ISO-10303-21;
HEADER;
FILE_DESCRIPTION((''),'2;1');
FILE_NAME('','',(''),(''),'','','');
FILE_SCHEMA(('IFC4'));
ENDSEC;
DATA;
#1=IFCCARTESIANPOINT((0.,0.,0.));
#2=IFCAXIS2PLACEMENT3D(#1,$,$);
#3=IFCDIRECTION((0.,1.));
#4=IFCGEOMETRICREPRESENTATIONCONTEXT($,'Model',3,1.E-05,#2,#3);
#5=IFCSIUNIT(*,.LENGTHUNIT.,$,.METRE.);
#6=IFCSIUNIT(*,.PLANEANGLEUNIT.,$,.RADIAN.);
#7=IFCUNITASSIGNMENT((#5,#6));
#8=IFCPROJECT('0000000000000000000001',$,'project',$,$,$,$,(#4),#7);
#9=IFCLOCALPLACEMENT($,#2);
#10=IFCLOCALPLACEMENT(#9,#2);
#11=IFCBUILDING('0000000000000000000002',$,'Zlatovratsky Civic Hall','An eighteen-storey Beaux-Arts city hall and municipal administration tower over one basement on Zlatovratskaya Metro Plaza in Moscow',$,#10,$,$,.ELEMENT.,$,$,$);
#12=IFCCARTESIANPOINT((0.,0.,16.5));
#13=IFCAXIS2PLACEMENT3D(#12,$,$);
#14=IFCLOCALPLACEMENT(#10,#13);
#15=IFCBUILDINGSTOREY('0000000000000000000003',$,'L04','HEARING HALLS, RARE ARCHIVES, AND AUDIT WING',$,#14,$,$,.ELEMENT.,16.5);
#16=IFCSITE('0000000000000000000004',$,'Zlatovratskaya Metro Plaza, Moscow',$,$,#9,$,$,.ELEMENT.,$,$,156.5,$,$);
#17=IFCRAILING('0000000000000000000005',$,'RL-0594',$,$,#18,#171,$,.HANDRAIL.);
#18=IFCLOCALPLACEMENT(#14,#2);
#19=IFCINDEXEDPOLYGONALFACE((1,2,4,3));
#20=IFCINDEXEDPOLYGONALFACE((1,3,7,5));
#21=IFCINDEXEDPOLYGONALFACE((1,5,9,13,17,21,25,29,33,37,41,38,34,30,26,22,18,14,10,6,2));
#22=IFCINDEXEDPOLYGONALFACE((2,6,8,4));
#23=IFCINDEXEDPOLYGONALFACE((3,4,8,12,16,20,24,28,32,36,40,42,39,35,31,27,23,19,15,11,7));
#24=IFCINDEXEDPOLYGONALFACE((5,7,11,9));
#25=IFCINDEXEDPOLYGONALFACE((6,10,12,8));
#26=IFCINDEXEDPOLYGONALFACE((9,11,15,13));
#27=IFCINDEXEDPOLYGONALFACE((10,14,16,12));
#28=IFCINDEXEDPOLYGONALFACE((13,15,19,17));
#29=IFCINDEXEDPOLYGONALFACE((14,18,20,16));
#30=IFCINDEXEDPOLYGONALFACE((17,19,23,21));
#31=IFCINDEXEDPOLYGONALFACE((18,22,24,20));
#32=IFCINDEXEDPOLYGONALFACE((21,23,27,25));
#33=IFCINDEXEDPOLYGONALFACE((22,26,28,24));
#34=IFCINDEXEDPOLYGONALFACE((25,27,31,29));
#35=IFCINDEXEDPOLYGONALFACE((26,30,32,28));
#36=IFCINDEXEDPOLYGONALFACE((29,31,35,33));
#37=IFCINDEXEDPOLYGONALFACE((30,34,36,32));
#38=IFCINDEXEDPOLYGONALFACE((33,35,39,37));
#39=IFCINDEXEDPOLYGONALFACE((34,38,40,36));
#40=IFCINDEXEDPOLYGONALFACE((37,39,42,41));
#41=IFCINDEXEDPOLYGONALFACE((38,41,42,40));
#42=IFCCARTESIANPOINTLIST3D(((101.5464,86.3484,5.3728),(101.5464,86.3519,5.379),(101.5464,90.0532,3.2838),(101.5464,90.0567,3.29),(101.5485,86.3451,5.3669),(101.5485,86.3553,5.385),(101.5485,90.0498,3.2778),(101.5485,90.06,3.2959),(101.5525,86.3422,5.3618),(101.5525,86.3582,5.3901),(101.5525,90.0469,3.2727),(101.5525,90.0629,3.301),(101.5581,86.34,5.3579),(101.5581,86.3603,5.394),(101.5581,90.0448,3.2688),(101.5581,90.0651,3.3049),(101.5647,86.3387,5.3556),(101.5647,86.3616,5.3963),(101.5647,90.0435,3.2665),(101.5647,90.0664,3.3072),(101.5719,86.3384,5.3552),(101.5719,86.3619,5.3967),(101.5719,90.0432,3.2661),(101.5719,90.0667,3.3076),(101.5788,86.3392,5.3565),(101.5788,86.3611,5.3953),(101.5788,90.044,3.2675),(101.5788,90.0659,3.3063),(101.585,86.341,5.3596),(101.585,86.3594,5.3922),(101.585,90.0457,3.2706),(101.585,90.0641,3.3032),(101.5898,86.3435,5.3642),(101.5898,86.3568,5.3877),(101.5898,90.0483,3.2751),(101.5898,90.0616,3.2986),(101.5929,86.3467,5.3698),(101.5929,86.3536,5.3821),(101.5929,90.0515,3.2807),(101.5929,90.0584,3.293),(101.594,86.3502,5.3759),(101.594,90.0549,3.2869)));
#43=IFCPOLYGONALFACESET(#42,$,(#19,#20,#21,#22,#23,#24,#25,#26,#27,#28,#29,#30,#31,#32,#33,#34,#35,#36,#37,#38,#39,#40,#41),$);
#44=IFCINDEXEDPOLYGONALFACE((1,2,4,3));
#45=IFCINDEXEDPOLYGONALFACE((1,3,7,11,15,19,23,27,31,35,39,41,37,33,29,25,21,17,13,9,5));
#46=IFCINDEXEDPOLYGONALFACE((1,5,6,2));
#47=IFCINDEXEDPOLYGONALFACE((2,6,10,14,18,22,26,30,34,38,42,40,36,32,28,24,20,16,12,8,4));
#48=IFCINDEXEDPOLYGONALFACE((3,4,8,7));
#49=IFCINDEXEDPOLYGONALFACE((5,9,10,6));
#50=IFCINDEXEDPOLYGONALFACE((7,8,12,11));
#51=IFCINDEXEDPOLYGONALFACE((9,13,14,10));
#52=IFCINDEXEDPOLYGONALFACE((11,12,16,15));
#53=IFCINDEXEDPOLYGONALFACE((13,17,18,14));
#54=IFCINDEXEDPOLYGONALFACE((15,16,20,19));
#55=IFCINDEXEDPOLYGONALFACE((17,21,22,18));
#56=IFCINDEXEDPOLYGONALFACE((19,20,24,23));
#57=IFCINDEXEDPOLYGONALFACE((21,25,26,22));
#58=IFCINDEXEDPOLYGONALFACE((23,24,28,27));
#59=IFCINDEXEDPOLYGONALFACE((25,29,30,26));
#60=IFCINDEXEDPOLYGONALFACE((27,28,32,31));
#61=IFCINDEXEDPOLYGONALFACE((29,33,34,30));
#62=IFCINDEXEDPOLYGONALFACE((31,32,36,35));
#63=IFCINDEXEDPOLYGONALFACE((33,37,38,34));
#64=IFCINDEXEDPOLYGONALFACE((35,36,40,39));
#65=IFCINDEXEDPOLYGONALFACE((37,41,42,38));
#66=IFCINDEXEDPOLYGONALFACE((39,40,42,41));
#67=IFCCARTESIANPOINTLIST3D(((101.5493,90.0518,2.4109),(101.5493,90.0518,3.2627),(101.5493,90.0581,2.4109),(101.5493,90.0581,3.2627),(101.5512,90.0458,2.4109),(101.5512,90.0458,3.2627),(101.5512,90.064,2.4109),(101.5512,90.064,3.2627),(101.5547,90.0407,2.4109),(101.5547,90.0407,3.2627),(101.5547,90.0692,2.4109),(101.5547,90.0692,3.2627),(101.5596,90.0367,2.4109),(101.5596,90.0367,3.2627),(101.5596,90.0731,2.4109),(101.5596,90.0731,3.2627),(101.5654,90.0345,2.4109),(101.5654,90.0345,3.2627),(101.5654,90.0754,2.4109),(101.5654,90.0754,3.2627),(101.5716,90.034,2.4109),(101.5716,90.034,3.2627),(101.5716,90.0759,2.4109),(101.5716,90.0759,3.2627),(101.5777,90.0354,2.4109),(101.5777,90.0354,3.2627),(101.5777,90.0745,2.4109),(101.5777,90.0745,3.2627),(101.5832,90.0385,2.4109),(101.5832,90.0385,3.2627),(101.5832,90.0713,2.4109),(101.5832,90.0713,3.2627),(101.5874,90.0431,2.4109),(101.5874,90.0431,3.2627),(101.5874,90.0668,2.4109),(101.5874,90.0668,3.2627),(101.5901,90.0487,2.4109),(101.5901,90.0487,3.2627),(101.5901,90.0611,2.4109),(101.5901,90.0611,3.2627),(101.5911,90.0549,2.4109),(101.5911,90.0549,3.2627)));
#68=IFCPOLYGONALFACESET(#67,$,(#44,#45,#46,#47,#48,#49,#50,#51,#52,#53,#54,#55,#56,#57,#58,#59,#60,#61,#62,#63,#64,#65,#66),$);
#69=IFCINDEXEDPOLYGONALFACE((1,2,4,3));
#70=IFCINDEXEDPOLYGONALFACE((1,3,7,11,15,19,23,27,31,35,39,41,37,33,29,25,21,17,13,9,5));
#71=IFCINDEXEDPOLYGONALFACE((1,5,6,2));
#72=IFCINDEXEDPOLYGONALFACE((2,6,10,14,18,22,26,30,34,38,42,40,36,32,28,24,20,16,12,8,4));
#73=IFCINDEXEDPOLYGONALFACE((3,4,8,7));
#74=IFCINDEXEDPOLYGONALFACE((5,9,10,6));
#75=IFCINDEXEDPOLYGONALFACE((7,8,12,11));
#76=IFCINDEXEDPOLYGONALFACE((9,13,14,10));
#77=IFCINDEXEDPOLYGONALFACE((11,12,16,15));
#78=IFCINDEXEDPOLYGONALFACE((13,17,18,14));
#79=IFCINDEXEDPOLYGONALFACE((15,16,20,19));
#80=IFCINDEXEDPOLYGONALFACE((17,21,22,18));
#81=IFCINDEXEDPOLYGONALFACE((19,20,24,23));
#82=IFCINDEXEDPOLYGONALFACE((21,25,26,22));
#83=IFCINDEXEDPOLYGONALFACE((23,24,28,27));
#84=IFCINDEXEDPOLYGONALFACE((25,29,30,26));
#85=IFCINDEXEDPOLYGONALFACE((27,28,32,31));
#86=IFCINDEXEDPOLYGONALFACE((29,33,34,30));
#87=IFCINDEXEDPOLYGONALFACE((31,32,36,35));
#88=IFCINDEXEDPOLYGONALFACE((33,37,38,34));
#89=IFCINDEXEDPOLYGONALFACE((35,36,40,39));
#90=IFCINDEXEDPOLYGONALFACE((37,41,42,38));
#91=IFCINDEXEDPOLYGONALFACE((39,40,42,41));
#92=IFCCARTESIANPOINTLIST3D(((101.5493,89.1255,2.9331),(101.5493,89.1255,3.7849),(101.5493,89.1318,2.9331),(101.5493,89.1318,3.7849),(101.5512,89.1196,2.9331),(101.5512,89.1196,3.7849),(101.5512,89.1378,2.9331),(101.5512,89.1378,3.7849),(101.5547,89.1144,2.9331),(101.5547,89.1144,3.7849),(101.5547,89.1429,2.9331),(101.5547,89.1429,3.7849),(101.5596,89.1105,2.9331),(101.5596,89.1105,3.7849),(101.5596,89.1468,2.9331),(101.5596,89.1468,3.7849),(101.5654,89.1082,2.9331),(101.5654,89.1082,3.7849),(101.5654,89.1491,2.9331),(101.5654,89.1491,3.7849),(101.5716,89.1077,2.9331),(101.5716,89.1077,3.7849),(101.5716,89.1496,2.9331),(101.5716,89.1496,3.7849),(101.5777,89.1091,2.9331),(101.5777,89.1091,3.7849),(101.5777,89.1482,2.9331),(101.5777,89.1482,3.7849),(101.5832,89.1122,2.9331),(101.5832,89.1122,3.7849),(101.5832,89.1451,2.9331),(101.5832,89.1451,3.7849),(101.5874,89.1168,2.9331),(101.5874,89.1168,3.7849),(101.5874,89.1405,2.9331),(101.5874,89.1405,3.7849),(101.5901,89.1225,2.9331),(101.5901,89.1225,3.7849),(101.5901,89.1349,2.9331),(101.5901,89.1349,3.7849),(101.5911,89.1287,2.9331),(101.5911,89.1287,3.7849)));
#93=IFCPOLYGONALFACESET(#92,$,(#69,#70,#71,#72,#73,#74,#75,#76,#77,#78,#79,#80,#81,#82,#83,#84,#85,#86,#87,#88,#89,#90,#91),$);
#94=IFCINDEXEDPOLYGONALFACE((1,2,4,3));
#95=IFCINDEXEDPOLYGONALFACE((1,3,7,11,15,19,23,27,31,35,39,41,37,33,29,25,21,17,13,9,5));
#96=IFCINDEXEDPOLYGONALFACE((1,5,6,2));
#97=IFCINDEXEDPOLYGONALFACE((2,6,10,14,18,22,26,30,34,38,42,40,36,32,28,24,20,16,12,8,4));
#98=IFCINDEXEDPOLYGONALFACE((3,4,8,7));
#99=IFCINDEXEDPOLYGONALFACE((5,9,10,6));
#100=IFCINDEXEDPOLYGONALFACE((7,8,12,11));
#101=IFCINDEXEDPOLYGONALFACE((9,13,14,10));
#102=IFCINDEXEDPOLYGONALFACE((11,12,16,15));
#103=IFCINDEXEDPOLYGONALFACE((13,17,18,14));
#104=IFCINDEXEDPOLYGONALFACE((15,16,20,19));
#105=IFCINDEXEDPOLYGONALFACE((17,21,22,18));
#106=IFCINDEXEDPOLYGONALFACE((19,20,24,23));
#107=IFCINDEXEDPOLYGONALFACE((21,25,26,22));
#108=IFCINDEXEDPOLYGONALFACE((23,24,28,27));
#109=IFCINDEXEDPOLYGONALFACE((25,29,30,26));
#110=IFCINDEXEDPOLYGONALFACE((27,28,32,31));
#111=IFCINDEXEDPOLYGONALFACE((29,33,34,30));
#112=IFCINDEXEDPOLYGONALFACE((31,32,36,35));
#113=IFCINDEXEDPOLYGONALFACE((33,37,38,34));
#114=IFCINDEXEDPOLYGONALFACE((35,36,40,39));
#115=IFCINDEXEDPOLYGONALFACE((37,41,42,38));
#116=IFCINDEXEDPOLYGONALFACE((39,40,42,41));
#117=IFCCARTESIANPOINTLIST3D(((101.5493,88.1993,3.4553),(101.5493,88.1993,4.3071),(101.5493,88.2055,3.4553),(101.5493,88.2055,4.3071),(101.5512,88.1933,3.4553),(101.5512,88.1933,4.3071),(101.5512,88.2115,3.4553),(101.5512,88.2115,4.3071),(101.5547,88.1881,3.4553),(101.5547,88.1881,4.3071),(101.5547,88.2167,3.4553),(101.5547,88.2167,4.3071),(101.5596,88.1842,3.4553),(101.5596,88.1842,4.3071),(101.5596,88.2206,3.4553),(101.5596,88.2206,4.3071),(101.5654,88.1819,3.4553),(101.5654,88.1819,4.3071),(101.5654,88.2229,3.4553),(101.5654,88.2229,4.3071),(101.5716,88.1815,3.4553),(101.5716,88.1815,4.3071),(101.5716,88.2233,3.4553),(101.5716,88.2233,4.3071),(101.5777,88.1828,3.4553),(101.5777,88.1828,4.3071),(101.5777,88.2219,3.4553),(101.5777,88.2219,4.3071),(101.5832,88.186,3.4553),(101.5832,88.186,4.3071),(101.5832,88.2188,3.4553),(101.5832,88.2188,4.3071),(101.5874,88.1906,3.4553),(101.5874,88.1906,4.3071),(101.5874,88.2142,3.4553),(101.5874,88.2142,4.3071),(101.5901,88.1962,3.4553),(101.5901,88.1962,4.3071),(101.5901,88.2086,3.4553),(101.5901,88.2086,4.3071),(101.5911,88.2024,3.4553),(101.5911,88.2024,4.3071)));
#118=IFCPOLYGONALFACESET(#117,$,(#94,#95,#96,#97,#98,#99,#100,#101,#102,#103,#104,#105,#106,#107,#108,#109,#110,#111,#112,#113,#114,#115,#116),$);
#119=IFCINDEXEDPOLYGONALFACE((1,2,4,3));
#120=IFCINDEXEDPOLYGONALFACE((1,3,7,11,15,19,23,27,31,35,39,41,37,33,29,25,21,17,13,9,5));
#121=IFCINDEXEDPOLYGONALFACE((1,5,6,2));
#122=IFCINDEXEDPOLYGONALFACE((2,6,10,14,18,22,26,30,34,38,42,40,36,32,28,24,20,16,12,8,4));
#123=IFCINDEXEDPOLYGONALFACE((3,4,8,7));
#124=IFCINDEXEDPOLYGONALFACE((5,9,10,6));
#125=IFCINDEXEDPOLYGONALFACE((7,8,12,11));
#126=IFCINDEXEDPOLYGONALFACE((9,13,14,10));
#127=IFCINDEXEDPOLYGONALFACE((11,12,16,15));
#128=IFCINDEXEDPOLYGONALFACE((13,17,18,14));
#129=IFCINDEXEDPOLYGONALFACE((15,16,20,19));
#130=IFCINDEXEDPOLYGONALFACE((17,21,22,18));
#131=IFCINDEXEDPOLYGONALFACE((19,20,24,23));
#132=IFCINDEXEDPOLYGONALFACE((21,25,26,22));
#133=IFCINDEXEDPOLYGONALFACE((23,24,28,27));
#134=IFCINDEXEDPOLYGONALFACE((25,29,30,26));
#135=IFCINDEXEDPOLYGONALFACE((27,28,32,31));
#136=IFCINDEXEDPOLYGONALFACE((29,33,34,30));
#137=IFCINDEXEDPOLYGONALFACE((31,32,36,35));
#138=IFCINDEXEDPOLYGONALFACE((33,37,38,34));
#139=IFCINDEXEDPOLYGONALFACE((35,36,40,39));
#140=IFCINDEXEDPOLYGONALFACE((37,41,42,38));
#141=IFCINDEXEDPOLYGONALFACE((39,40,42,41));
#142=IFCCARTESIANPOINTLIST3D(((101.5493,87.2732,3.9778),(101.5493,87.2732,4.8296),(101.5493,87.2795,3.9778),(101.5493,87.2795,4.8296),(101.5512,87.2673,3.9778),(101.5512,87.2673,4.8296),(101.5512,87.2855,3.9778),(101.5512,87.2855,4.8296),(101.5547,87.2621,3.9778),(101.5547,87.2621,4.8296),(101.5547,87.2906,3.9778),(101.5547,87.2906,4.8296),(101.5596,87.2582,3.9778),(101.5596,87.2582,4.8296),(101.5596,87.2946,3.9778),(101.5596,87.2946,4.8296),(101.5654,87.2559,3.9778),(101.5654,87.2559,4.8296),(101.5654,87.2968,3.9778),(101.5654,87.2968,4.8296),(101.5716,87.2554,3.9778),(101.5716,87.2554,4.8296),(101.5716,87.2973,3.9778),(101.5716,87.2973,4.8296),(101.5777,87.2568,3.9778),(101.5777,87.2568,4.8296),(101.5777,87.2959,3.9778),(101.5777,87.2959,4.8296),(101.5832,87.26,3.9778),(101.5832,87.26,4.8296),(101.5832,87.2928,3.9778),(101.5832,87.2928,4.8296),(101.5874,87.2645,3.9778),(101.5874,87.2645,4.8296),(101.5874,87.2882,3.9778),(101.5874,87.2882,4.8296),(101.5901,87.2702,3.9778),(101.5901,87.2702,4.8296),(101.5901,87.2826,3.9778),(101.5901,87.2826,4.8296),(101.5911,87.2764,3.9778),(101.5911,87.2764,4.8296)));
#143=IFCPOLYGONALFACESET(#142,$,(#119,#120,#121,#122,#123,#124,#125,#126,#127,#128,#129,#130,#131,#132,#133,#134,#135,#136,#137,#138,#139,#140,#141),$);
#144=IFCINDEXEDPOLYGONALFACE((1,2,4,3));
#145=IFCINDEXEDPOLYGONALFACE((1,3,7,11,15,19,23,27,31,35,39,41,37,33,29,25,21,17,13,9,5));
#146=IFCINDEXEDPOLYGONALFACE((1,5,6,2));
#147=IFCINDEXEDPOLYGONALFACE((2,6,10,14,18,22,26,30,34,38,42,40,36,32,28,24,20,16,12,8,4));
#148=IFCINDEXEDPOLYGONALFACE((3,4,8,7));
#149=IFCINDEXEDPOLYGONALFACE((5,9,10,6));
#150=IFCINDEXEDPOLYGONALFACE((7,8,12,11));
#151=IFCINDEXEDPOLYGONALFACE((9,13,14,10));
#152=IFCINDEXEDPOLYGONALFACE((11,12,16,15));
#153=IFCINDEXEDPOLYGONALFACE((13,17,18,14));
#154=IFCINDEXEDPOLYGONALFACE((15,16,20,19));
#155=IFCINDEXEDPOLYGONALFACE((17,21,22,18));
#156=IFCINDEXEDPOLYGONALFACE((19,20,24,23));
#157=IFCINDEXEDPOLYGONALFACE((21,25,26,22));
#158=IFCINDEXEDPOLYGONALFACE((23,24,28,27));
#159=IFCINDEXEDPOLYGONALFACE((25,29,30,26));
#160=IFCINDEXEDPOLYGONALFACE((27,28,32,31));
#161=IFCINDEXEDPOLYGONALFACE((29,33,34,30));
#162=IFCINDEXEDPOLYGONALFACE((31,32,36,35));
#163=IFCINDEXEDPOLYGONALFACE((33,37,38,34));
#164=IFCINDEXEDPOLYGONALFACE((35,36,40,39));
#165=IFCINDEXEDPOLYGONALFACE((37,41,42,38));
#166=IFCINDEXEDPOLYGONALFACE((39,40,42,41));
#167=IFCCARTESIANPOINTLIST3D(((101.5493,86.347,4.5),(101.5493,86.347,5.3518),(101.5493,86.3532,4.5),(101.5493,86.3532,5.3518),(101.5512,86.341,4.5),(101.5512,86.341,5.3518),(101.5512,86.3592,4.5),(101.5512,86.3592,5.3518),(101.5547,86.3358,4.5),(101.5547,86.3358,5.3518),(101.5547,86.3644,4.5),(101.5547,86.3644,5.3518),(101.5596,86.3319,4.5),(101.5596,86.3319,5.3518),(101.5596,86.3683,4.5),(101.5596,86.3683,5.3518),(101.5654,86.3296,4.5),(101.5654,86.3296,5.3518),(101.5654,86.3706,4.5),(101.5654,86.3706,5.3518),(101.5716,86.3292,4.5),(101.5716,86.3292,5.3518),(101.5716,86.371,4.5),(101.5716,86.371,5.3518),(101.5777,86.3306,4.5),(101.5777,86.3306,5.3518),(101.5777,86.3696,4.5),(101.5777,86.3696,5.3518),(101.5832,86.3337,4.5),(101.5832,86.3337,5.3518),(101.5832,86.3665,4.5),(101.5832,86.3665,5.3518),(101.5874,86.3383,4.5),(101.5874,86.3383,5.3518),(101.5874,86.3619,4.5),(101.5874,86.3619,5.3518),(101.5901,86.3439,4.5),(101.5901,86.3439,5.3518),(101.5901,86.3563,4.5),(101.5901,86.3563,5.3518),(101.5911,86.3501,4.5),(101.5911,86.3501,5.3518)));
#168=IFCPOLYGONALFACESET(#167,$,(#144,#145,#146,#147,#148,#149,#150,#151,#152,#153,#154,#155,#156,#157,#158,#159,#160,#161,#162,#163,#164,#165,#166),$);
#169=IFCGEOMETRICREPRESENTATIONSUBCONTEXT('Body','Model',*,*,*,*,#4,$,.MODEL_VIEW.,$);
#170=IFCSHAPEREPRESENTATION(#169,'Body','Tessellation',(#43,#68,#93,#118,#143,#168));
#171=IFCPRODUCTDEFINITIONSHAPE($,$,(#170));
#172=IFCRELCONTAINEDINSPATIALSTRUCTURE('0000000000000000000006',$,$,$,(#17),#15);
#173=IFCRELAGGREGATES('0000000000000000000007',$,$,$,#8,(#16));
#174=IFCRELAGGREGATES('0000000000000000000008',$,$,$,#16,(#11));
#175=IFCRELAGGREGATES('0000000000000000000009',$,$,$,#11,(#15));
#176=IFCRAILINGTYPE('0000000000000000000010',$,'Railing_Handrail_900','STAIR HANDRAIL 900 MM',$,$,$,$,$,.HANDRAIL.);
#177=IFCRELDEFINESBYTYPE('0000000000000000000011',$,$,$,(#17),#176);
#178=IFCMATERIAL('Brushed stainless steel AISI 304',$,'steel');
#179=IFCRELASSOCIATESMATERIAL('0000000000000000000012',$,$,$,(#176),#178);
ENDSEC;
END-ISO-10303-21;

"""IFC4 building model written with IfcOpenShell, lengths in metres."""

from ifc_helpers import new_model, si_unit, direction, frame, origin, origin_2d, place, context, subcontext, project, spatial, circle, extrude, material, type_object, element, save


model = new_model("IFC4")

# Units and contexts
model_context = context("Model", 3, precision=1e-05, world=origin(), true_north=direction((0.0, 1.0)))
body_context = subcontext(model_context, "Body", "Model", "MODEL_VIEW")
ifc_project = project(units=[si_unit("LENGTHUNIT", "METRE"), si_unit("PLANEANGLEUNIT", "RADIAN")], contexts=[model_context])

# Site, building, storey
site_placement = place(None, origin())
site = spatial("IfcSite", under=ifc_project, at=site_placement, Name="Zlatovratskaya Metro Plaza, Moscow", CompositionType="ELEMENT", RefElevation=156.5)
building_placement = place(site_placement, origin())
building = spatial("IfcBuilding", under=site, at=building_placement, Name="Zlatovratsky Civic Hall", Description="An eighteen-storey Beaux-Arts city hall and municipal administration tower over one basement on Zlatovratskaya Metro Plaza in Moscow", CompositionType="ELEMENT")
storey_placement = place(building_placement, frame((0.0, 0.0, 16.5)))
storey = spatial("IfcBuildingStorey", under=building, at=storey_placement, Name="L04", Description="HEARING HALLS, RARE ARCHIVES, AND AUDIT WING", CompositionType="ELEMENT", Elevation=16.5)

# Railing
ifc_material_1 = material(Name="Brushed stainless steel AISI 304", Category="steel")
railing_type_1 = type_object("IfcRailingType", Name="Railing_Handrail_900", Description="STAIR HANDRAIL 900 MM", PredefinedType="HANDRAIL", material=ifc_material_1)
railing_1_placement = place(storey_placement, frame((101.5701, 90.0549, 2.4109)))
element("IfcRailing", 1, at=railing_1_placement, inside=storey, type_object=railing_type_1, Name="RL-0594", PredefinedType="HANDRAIL", context=body_context, shape_type="SweptSolid", body=[
    extrude(circle(Radius=0.0239, at=origin_2d()), frame((0.0, 0.0, 0.876), z_axis=(0.0, -0.871058, 0.491179), x_axis=(1.0, 0.0, 0.0)), (0.0, 0.0, 1.0), 4.2532),
    extrude(circle(Radius=0.021, at=origin_2d()), origin(), (0.0, 0.0, 1.0), 0.8518),
    extrude(circle(Radius=0.021, at=origin_2d()), frame((0.0, -0.9263, 0.5222)), (0.0, 0.0, 1.0), 0.8518),
    extrude(circle(Radius=0.021, at=origin_2d()), frame((0.0, -1.8525, 1.0444)), (0.0, 0.0, 1.0), 0.8518),
    extrude(circle(Radius=0.021, at=origin_2d()), frame((0.0, -2.7786, 1.5669)), (0.0, 0.0, 1.0), 0.8518),
    extrude(circle(Radius=0.021, at=origin_2d()), frame((0.0, -3.7048, 2.0891)), (0.0, 0.0, 1.0), 0.8518),
])

save(model, "model.ifc")
